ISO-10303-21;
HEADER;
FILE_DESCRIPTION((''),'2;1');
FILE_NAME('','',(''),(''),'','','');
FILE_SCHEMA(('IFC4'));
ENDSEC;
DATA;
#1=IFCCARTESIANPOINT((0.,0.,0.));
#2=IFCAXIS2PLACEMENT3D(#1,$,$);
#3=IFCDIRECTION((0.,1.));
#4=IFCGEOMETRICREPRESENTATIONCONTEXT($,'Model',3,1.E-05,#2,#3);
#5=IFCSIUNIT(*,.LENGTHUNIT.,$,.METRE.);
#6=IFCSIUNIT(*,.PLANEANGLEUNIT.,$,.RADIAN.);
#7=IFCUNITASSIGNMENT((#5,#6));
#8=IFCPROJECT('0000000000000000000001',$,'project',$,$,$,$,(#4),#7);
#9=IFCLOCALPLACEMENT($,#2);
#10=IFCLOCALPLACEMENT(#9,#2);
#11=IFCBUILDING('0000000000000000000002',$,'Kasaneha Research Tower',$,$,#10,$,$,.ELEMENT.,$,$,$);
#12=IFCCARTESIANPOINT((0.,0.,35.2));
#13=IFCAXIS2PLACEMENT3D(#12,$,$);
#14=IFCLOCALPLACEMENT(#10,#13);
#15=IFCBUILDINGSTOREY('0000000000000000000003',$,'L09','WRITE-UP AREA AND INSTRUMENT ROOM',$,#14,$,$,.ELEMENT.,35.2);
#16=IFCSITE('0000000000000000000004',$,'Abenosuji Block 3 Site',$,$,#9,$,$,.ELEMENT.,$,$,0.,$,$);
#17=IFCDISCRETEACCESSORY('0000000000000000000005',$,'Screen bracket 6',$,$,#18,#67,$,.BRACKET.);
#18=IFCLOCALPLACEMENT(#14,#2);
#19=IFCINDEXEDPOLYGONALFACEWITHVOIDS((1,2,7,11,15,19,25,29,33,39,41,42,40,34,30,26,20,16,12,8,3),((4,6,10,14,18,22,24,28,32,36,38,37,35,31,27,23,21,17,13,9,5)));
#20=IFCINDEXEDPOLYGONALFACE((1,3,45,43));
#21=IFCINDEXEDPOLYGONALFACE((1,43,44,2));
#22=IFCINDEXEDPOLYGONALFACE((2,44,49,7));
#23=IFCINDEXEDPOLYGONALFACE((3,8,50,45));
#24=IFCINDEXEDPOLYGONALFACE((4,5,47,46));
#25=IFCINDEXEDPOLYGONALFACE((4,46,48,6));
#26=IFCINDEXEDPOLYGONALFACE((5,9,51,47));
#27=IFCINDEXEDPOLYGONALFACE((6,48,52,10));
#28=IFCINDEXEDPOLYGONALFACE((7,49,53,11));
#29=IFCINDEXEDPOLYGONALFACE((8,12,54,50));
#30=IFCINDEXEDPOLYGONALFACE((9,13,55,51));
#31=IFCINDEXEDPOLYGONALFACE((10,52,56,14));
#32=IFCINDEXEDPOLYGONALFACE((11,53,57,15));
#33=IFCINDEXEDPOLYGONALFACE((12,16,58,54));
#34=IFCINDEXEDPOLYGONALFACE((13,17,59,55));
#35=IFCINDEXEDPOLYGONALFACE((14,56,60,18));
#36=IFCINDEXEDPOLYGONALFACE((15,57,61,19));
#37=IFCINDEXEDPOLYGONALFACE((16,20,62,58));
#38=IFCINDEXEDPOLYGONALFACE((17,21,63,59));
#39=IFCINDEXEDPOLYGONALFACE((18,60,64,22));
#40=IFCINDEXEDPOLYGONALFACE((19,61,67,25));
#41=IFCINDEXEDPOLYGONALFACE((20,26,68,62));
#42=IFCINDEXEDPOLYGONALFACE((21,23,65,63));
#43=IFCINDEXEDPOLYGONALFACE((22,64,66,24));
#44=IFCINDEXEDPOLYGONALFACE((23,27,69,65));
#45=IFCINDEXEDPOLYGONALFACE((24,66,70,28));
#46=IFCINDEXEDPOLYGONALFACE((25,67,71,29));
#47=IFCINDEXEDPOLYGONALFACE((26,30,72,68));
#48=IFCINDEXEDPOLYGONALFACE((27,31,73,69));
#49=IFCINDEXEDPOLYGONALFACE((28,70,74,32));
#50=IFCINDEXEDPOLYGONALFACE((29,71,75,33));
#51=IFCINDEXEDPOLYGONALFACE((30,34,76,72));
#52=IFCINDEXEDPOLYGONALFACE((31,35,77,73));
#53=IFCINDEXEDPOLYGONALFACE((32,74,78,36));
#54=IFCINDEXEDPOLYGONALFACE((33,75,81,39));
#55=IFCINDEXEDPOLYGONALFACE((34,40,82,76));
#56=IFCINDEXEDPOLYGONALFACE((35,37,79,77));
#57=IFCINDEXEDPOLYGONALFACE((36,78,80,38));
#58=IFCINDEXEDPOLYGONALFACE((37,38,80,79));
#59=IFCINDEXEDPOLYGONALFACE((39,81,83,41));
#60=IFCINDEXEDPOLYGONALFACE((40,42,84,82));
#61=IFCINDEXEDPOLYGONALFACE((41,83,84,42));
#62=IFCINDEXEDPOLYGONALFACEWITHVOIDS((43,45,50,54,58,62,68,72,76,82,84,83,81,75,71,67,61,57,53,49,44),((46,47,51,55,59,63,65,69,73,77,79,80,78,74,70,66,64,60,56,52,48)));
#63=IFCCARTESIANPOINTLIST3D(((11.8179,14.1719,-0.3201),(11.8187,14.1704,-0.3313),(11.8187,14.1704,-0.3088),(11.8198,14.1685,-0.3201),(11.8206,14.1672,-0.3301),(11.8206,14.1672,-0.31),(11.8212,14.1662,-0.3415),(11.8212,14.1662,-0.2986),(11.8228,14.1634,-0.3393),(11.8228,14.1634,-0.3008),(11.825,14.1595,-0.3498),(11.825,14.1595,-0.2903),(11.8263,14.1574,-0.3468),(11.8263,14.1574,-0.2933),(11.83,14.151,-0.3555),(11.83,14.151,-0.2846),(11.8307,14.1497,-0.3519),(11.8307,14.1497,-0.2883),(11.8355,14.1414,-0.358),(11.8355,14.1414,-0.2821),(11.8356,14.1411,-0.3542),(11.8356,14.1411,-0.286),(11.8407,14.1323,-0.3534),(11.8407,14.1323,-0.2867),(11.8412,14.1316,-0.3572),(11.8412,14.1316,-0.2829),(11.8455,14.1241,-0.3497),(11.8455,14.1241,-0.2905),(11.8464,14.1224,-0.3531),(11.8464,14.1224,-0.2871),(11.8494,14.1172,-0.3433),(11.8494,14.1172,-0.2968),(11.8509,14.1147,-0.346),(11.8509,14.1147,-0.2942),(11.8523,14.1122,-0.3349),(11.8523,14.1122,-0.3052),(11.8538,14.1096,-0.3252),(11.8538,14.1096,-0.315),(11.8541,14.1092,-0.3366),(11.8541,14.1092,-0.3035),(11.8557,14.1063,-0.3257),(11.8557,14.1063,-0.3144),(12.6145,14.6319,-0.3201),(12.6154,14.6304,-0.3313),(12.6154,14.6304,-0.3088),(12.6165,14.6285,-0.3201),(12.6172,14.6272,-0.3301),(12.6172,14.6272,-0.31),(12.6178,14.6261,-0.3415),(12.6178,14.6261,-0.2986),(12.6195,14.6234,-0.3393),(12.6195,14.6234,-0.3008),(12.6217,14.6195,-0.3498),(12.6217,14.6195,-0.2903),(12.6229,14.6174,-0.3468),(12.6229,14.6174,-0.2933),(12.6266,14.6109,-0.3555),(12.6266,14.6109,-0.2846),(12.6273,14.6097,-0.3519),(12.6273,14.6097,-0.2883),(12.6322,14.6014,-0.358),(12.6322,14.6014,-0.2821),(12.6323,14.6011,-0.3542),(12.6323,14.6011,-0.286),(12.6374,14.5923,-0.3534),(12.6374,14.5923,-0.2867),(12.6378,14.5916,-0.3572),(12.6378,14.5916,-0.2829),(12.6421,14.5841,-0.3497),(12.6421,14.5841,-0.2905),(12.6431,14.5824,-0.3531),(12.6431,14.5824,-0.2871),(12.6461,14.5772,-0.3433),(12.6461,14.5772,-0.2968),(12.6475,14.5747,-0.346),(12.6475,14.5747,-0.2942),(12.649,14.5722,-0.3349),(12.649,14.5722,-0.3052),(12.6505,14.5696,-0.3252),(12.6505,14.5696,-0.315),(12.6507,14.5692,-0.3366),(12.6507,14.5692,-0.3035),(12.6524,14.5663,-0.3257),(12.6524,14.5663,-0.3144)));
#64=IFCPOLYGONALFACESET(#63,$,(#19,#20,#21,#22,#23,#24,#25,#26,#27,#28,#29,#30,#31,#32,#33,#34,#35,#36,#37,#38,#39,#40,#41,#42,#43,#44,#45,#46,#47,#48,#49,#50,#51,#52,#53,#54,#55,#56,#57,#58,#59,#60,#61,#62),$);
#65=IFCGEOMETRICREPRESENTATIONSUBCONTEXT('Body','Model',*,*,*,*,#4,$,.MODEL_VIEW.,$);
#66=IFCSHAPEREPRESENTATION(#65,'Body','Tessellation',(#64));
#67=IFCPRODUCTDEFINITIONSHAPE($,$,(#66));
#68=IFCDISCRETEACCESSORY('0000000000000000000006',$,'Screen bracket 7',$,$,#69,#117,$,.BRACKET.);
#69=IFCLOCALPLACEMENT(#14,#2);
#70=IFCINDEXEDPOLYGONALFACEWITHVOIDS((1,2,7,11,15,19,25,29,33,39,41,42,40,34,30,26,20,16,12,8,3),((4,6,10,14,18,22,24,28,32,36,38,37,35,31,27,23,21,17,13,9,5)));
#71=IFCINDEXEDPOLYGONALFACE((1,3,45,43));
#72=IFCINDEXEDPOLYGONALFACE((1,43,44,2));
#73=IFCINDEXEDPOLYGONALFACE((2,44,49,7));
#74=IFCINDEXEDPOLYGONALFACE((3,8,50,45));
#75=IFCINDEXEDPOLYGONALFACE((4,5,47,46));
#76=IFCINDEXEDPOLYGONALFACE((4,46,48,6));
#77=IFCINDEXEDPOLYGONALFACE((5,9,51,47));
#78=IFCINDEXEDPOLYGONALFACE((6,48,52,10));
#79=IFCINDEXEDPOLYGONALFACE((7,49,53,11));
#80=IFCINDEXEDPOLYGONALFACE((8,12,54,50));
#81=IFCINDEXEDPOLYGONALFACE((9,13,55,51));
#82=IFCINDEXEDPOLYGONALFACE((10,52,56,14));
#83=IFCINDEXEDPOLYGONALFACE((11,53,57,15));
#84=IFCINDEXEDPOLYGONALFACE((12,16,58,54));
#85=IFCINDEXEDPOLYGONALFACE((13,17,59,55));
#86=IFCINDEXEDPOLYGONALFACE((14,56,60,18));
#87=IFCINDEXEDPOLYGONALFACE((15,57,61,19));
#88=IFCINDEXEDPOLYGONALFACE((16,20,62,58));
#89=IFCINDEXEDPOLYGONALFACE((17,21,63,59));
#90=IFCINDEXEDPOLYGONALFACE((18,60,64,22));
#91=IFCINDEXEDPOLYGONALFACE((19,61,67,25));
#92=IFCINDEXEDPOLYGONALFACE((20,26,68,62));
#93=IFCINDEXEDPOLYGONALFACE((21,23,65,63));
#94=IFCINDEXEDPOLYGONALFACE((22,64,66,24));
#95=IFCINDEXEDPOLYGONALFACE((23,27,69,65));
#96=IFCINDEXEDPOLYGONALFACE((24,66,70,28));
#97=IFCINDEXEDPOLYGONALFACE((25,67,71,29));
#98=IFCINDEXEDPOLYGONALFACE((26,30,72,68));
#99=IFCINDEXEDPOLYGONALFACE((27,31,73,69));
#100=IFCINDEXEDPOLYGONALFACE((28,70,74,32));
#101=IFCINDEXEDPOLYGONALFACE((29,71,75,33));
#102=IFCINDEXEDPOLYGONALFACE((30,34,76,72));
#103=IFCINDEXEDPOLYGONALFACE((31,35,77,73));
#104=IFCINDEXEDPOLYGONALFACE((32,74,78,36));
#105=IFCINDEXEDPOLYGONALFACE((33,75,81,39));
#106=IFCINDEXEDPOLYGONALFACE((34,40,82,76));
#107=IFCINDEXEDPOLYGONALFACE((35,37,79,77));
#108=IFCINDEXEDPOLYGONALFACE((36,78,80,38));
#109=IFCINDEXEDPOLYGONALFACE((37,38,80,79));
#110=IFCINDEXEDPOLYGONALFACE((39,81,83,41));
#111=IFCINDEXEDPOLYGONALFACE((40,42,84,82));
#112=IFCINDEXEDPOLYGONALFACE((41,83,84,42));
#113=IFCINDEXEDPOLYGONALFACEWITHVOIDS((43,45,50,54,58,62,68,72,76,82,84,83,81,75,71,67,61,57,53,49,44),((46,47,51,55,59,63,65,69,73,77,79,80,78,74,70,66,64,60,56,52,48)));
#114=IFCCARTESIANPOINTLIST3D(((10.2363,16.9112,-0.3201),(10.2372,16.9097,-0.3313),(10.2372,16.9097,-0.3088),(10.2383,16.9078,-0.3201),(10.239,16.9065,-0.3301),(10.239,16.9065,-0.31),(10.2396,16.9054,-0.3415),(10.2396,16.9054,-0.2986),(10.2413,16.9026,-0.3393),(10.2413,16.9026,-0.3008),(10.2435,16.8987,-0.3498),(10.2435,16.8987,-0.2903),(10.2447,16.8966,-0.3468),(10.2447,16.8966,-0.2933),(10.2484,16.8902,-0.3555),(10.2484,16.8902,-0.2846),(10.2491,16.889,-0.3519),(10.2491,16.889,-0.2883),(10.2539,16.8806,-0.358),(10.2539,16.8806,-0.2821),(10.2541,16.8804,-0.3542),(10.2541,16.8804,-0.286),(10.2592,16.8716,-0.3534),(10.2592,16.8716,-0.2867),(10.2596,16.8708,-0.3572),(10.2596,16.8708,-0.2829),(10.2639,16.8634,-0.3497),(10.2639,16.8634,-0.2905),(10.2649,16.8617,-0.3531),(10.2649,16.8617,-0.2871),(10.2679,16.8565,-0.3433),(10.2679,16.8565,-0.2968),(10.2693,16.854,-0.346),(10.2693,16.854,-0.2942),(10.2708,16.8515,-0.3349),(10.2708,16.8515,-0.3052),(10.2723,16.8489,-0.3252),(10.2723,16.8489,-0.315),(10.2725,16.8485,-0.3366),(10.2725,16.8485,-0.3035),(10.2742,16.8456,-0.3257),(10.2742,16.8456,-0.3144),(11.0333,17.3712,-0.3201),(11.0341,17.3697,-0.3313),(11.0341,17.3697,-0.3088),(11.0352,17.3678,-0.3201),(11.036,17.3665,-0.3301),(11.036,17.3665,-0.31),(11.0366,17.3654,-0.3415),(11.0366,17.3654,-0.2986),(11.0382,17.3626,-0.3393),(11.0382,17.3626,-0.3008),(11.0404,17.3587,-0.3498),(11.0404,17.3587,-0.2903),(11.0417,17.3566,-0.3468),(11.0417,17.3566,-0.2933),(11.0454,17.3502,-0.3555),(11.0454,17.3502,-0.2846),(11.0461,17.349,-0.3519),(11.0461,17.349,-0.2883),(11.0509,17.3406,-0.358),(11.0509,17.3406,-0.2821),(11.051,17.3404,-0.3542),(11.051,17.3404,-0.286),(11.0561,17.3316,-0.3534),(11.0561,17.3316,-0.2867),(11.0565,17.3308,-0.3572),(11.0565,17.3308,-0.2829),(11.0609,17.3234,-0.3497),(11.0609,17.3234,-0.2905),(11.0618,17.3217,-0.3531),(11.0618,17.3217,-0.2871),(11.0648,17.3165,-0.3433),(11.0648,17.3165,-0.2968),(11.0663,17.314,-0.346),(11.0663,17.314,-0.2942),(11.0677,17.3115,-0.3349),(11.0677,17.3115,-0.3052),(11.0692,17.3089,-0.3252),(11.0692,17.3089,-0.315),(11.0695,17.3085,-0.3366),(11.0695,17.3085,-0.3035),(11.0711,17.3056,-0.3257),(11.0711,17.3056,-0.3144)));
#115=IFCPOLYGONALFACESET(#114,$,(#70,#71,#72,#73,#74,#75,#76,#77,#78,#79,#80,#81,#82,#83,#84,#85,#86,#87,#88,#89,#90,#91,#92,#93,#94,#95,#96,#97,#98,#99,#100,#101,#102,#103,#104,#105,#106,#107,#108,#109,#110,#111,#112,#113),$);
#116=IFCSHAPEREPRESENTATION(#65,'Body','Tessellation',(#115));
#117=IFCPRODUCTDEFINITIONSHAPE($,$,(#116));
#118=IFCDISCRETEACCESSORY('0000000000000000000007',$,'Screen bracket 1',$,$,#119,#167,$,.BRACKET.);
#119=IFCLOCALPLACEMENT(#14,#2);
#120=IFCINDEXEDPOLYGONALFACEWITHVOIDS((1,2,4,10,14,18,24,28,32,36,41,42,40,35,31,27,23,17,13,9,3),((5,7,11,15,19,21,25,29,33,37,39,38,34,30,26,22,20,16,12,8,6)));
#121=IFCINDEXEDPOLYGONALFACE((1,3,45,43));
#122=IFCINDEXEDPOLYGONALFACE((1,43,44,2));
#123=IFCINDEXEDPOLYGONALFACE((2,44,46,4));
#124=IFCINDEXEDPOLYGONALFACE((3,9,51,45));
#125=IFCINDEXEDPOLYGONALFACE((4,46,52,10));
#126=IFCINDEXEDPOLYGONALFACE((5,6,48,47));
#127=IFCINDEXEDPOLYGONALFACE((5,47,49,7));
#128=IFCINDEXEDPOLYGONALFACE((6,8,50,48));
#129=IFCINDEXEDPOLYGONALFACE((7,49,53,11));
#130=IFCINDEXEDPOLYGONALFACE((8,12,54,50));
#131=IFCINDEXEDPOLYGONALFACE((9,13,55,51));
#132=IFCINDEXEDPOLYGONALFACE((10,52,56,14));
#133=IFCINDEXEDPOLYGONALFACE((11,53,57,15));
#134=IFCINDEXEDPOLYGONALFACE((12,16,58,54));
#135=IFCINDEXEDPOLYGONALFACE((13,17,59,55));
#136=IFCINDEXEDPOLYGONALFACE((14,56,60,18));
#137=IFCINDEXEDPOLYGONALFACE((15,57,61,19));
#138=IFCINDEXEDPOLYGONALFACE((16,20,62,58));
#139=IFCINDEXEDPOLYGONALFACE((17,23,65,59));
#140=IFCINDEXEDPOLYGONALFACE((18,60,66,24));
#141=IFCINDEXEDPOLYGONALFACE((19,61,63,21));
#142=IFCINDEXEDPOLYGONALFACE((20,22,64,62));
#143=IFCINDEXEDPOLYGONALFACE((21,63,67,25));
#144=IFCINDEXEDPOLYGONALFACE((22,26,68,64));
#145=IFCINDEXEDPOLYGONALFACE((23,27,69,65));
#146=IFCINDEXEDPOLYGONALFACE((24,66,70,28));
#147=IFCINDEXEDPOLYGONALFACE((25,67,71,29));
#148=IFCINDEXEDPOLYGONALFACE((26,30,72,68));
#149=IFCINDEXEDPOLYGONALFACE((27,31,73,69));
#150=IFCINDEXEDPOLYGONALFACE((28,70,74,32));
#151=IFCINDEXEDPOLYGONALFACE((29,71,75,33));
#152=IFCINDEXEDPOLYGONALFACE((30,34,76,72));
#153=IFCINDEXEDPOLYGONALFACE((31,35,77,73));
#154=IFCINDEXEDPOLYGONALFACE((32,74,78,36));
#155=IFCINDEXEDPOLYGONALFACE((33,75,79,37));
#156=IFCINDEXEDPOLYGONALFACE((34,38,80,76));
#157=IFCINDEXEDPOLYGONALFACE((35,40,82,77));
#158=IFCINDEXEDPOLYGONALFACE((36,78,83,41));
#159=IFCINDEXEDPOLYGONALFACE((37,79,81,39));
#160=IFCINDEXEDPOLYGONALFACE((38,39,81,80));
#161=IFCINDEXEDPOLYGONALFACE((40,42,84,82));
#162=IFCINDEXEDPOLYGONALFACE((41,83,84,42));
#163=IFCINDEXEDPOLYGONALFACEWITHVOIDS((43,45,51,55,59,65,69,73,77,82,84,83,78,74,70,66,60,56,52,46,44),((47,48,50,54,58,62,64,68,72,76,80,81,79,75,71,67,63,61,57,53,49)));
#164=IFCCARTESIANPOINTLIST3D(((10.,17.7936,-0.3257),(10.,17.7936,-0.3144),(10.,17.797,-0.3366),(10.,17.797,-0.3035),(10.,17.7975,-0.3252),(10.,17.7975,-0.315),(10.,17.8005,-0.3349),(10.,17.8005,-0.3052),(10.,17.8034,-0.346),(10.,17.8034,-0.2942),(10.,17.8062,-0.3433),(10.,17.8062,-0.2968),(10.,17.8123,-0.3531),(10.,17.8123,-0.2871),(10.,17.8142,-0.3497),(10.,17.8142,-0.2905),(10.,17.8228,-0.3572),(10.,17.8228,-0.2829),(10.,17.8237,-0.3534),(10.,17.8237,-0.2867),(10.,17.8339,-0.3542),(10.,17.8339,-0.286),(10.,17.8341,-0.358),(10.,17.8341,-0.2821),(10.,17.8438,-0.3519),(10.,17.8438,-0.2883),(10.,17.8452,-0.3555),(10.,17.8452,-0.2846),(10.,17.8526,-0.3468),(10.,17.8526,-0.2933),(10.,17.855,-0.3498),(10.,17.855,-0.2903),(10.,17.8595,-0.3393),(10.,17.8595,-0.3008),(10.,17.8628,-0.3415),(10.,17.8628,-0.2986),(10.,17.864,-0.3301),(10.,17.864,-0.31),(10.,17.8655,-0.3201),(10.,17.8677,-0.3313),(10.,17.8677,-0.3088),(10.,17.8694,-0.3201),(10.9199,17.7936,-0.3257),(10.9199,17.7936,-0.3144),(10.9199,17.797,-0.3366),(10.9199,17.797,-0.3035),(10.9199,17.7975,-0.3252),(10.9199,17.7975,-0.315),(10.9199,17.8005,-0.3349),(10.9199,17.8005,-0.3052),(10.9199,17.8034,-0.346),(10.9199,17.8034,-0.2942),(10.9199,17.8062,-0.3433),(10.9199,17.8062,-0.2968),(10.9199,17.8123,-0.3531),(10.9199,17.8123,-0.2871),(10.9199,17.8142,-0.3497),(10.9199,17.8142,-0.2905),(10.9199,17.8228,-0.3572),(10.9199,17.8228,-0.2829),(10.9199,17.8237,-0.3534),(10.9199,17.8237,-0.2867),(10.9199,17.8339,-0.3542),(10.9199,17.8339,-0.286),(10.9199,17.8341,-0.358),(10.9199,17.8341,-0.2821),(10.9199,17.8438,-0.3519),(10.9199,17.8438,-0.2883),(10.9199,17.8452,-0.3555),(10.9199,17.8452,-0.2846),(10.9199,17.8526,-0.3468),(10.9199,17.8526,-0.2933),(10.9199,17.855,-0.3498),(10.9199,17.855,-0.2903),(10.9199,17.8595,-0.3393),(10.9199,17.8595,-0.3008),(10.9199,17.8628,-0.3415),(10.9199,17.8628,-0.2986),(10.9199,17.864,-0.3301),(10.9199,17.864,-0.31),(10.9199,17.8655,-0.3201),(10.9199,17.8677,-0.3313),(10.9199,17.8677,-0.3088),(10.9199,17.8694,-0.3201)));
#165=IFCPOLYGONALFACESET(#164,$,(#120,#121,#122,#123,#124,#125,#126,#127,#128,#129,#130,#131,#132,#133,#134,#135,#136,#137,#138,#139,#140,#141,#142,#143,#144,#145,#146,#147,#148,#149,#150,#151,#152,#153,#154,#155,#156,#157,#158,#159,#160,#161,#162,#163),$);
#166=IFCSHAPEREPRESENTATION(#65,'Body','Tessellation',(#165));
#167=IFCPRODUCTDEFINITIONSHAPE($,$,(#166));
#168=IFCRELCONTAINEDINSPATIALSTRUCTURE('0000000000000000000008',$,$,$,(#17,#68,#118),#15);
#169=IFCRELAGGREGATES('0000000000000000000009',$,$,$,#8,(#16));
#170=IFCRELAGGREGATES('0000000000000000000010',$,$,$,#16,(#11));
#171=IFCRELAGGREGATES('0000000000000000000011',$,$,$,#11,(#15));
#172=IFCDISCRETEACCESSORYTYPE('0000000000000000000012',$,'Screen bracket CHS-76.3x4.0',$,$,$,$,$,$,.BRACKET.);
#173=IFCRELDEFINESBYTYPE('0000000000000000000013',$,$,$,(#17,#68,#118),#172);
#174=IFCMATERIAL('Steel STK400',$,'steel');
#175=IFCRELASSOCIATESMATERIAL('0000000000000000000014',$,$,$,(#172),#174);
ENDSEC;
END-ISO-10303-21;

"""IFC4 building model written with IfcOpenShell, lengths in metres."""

from ifc_helpers import new_model, si_unit, direction, frame, origin, origin_2d, place, context, subcontext, project, spatial, hollow_circle, extrude, material, material_profile, profile_set, type_object, element, save


model = new_model("IFC4")

# Units and contexts
model_context = context("Model", 3, precision=1e-05, world=origin(), true_north=direction((0.0, 1.0)))
body_context = subcontext(model_context, "Body", "Model", "MODEL_VIEW")
ifc_project = project(units=[si_unit("LENGTHUNIT", "METRE"), si_unit("PLANEANGLEUNIT", "RADIAN")], contexts=[model_context])

# Site, building, storey
site_placement = place(None, origin())
site = spatial("IfcSite", under=ifc_project, at=site_placement, Name="Abenosuji Block 3 Site", CompositionType="ELEMENT", RefElevation=0.0)
building_placement = place(site_placement, origin())
building = spatial("IfcBuilding", under=site, at=building_placement, Name="Kasaneha Research Tower", CompositionType="ELEMENT")
storey_placement = place(building_placement, frame((0.0, 0.0, 35.2)))
storey = spatial("IfcBuildingStorey", under=building, at=storey_placement, Name="L09", Description="WRITE-UP AREA AND INSTRUMENT ROOM", CompositionType="ELEMENT", Elevation=35.2)

# Discrete accessories
ifc_material_1 = material(Name="Steel STK400", Category="steel")
ifc_material_profile_1 = material_profile(ifc_material_1, hollow_circle(Radius=0.0381, WallThickness=0.0039, at=origin_2d()), Name="CHS-76.3x4.0")
ifc_profile_set_1 = profile_set([ifc_material_profile_1], Name="Steel STK400")
discrete_accessory_type = type_object("IfcDiscreteAccessoryType", Name="Screen bracket CHS-76.3x4.0", PredefinedType="BRACKET", material=ifc_profile_set_1)
for number, where, z_axis, x_axis, name in (
    (1, (11.8369, 14.1389, -0.3201), (0.866013, 0.500021, 0.0), (-0.500021, 0.866013, 0.0), "Screen bracket 6"),
):
    element("IfcDiscreteAccessory", number, at=place(storey_placement, frame(where, z_axis=z_axis, x_axis=x_axis)), inside=storey, type_object=discrete_accessory_type, Name=name, PredefinedType="BRACKET", context=body_context, shape_type="SweptSolid", body=[
        extrude(hollow_circle(Radius=0.0381, WallThickness=0.0039, at=origin_2d()), origin(), (0.0, 0.0, 1.0), 0.9199),
    ])
discrete_accessory_placement = place(storey_placement, frame((10.2554, 16.8782, -0.3201), z_axis=(0.86608, 0.499906, 0.0), x_axis=(-0.499906, 0.86608, 0.0)))
element("IfcDiscreteAccessory", 2, at=discrete_accessory_placement, inside=storey, type_object=discrete_accessory_type, Name="Screen bracket 7", PredefinedType="BRACKET", context=body_context, shape_type="SweptSolid", body=[
    extrude(hollow_circle(Radius=0.0381, WallThickness=0.0039, at=origin_2d()), origin(), (0.0, 0.0, 1.0), 0.9202),
])
for number, where, z_axis, x_axis, name in (
    (3, (10.0, 17.8313, -0.3201), (1.0, 0.0, 0.0), (0.0, 1.0, 0.0), "Screen bracket 1"),
):
    element("IfcDiscreteAccessory", number, at=place(storey_placement, frame(where, z_axis=z_axis, x_axis=x_axis)), inside=storey, type_object=discrete_accessory_type, Name=name, PredefinedType="BRACKET", context=body_context, shape_type="SweptSolid", body=[
        extrude(hollow_circle(Radius=0.0381, WallThickness=0.0039, at=origin_2d()), origin(), (0.0, 0.0, 1.0), 0.9199),
    ])

save(model, "model.ifc")
